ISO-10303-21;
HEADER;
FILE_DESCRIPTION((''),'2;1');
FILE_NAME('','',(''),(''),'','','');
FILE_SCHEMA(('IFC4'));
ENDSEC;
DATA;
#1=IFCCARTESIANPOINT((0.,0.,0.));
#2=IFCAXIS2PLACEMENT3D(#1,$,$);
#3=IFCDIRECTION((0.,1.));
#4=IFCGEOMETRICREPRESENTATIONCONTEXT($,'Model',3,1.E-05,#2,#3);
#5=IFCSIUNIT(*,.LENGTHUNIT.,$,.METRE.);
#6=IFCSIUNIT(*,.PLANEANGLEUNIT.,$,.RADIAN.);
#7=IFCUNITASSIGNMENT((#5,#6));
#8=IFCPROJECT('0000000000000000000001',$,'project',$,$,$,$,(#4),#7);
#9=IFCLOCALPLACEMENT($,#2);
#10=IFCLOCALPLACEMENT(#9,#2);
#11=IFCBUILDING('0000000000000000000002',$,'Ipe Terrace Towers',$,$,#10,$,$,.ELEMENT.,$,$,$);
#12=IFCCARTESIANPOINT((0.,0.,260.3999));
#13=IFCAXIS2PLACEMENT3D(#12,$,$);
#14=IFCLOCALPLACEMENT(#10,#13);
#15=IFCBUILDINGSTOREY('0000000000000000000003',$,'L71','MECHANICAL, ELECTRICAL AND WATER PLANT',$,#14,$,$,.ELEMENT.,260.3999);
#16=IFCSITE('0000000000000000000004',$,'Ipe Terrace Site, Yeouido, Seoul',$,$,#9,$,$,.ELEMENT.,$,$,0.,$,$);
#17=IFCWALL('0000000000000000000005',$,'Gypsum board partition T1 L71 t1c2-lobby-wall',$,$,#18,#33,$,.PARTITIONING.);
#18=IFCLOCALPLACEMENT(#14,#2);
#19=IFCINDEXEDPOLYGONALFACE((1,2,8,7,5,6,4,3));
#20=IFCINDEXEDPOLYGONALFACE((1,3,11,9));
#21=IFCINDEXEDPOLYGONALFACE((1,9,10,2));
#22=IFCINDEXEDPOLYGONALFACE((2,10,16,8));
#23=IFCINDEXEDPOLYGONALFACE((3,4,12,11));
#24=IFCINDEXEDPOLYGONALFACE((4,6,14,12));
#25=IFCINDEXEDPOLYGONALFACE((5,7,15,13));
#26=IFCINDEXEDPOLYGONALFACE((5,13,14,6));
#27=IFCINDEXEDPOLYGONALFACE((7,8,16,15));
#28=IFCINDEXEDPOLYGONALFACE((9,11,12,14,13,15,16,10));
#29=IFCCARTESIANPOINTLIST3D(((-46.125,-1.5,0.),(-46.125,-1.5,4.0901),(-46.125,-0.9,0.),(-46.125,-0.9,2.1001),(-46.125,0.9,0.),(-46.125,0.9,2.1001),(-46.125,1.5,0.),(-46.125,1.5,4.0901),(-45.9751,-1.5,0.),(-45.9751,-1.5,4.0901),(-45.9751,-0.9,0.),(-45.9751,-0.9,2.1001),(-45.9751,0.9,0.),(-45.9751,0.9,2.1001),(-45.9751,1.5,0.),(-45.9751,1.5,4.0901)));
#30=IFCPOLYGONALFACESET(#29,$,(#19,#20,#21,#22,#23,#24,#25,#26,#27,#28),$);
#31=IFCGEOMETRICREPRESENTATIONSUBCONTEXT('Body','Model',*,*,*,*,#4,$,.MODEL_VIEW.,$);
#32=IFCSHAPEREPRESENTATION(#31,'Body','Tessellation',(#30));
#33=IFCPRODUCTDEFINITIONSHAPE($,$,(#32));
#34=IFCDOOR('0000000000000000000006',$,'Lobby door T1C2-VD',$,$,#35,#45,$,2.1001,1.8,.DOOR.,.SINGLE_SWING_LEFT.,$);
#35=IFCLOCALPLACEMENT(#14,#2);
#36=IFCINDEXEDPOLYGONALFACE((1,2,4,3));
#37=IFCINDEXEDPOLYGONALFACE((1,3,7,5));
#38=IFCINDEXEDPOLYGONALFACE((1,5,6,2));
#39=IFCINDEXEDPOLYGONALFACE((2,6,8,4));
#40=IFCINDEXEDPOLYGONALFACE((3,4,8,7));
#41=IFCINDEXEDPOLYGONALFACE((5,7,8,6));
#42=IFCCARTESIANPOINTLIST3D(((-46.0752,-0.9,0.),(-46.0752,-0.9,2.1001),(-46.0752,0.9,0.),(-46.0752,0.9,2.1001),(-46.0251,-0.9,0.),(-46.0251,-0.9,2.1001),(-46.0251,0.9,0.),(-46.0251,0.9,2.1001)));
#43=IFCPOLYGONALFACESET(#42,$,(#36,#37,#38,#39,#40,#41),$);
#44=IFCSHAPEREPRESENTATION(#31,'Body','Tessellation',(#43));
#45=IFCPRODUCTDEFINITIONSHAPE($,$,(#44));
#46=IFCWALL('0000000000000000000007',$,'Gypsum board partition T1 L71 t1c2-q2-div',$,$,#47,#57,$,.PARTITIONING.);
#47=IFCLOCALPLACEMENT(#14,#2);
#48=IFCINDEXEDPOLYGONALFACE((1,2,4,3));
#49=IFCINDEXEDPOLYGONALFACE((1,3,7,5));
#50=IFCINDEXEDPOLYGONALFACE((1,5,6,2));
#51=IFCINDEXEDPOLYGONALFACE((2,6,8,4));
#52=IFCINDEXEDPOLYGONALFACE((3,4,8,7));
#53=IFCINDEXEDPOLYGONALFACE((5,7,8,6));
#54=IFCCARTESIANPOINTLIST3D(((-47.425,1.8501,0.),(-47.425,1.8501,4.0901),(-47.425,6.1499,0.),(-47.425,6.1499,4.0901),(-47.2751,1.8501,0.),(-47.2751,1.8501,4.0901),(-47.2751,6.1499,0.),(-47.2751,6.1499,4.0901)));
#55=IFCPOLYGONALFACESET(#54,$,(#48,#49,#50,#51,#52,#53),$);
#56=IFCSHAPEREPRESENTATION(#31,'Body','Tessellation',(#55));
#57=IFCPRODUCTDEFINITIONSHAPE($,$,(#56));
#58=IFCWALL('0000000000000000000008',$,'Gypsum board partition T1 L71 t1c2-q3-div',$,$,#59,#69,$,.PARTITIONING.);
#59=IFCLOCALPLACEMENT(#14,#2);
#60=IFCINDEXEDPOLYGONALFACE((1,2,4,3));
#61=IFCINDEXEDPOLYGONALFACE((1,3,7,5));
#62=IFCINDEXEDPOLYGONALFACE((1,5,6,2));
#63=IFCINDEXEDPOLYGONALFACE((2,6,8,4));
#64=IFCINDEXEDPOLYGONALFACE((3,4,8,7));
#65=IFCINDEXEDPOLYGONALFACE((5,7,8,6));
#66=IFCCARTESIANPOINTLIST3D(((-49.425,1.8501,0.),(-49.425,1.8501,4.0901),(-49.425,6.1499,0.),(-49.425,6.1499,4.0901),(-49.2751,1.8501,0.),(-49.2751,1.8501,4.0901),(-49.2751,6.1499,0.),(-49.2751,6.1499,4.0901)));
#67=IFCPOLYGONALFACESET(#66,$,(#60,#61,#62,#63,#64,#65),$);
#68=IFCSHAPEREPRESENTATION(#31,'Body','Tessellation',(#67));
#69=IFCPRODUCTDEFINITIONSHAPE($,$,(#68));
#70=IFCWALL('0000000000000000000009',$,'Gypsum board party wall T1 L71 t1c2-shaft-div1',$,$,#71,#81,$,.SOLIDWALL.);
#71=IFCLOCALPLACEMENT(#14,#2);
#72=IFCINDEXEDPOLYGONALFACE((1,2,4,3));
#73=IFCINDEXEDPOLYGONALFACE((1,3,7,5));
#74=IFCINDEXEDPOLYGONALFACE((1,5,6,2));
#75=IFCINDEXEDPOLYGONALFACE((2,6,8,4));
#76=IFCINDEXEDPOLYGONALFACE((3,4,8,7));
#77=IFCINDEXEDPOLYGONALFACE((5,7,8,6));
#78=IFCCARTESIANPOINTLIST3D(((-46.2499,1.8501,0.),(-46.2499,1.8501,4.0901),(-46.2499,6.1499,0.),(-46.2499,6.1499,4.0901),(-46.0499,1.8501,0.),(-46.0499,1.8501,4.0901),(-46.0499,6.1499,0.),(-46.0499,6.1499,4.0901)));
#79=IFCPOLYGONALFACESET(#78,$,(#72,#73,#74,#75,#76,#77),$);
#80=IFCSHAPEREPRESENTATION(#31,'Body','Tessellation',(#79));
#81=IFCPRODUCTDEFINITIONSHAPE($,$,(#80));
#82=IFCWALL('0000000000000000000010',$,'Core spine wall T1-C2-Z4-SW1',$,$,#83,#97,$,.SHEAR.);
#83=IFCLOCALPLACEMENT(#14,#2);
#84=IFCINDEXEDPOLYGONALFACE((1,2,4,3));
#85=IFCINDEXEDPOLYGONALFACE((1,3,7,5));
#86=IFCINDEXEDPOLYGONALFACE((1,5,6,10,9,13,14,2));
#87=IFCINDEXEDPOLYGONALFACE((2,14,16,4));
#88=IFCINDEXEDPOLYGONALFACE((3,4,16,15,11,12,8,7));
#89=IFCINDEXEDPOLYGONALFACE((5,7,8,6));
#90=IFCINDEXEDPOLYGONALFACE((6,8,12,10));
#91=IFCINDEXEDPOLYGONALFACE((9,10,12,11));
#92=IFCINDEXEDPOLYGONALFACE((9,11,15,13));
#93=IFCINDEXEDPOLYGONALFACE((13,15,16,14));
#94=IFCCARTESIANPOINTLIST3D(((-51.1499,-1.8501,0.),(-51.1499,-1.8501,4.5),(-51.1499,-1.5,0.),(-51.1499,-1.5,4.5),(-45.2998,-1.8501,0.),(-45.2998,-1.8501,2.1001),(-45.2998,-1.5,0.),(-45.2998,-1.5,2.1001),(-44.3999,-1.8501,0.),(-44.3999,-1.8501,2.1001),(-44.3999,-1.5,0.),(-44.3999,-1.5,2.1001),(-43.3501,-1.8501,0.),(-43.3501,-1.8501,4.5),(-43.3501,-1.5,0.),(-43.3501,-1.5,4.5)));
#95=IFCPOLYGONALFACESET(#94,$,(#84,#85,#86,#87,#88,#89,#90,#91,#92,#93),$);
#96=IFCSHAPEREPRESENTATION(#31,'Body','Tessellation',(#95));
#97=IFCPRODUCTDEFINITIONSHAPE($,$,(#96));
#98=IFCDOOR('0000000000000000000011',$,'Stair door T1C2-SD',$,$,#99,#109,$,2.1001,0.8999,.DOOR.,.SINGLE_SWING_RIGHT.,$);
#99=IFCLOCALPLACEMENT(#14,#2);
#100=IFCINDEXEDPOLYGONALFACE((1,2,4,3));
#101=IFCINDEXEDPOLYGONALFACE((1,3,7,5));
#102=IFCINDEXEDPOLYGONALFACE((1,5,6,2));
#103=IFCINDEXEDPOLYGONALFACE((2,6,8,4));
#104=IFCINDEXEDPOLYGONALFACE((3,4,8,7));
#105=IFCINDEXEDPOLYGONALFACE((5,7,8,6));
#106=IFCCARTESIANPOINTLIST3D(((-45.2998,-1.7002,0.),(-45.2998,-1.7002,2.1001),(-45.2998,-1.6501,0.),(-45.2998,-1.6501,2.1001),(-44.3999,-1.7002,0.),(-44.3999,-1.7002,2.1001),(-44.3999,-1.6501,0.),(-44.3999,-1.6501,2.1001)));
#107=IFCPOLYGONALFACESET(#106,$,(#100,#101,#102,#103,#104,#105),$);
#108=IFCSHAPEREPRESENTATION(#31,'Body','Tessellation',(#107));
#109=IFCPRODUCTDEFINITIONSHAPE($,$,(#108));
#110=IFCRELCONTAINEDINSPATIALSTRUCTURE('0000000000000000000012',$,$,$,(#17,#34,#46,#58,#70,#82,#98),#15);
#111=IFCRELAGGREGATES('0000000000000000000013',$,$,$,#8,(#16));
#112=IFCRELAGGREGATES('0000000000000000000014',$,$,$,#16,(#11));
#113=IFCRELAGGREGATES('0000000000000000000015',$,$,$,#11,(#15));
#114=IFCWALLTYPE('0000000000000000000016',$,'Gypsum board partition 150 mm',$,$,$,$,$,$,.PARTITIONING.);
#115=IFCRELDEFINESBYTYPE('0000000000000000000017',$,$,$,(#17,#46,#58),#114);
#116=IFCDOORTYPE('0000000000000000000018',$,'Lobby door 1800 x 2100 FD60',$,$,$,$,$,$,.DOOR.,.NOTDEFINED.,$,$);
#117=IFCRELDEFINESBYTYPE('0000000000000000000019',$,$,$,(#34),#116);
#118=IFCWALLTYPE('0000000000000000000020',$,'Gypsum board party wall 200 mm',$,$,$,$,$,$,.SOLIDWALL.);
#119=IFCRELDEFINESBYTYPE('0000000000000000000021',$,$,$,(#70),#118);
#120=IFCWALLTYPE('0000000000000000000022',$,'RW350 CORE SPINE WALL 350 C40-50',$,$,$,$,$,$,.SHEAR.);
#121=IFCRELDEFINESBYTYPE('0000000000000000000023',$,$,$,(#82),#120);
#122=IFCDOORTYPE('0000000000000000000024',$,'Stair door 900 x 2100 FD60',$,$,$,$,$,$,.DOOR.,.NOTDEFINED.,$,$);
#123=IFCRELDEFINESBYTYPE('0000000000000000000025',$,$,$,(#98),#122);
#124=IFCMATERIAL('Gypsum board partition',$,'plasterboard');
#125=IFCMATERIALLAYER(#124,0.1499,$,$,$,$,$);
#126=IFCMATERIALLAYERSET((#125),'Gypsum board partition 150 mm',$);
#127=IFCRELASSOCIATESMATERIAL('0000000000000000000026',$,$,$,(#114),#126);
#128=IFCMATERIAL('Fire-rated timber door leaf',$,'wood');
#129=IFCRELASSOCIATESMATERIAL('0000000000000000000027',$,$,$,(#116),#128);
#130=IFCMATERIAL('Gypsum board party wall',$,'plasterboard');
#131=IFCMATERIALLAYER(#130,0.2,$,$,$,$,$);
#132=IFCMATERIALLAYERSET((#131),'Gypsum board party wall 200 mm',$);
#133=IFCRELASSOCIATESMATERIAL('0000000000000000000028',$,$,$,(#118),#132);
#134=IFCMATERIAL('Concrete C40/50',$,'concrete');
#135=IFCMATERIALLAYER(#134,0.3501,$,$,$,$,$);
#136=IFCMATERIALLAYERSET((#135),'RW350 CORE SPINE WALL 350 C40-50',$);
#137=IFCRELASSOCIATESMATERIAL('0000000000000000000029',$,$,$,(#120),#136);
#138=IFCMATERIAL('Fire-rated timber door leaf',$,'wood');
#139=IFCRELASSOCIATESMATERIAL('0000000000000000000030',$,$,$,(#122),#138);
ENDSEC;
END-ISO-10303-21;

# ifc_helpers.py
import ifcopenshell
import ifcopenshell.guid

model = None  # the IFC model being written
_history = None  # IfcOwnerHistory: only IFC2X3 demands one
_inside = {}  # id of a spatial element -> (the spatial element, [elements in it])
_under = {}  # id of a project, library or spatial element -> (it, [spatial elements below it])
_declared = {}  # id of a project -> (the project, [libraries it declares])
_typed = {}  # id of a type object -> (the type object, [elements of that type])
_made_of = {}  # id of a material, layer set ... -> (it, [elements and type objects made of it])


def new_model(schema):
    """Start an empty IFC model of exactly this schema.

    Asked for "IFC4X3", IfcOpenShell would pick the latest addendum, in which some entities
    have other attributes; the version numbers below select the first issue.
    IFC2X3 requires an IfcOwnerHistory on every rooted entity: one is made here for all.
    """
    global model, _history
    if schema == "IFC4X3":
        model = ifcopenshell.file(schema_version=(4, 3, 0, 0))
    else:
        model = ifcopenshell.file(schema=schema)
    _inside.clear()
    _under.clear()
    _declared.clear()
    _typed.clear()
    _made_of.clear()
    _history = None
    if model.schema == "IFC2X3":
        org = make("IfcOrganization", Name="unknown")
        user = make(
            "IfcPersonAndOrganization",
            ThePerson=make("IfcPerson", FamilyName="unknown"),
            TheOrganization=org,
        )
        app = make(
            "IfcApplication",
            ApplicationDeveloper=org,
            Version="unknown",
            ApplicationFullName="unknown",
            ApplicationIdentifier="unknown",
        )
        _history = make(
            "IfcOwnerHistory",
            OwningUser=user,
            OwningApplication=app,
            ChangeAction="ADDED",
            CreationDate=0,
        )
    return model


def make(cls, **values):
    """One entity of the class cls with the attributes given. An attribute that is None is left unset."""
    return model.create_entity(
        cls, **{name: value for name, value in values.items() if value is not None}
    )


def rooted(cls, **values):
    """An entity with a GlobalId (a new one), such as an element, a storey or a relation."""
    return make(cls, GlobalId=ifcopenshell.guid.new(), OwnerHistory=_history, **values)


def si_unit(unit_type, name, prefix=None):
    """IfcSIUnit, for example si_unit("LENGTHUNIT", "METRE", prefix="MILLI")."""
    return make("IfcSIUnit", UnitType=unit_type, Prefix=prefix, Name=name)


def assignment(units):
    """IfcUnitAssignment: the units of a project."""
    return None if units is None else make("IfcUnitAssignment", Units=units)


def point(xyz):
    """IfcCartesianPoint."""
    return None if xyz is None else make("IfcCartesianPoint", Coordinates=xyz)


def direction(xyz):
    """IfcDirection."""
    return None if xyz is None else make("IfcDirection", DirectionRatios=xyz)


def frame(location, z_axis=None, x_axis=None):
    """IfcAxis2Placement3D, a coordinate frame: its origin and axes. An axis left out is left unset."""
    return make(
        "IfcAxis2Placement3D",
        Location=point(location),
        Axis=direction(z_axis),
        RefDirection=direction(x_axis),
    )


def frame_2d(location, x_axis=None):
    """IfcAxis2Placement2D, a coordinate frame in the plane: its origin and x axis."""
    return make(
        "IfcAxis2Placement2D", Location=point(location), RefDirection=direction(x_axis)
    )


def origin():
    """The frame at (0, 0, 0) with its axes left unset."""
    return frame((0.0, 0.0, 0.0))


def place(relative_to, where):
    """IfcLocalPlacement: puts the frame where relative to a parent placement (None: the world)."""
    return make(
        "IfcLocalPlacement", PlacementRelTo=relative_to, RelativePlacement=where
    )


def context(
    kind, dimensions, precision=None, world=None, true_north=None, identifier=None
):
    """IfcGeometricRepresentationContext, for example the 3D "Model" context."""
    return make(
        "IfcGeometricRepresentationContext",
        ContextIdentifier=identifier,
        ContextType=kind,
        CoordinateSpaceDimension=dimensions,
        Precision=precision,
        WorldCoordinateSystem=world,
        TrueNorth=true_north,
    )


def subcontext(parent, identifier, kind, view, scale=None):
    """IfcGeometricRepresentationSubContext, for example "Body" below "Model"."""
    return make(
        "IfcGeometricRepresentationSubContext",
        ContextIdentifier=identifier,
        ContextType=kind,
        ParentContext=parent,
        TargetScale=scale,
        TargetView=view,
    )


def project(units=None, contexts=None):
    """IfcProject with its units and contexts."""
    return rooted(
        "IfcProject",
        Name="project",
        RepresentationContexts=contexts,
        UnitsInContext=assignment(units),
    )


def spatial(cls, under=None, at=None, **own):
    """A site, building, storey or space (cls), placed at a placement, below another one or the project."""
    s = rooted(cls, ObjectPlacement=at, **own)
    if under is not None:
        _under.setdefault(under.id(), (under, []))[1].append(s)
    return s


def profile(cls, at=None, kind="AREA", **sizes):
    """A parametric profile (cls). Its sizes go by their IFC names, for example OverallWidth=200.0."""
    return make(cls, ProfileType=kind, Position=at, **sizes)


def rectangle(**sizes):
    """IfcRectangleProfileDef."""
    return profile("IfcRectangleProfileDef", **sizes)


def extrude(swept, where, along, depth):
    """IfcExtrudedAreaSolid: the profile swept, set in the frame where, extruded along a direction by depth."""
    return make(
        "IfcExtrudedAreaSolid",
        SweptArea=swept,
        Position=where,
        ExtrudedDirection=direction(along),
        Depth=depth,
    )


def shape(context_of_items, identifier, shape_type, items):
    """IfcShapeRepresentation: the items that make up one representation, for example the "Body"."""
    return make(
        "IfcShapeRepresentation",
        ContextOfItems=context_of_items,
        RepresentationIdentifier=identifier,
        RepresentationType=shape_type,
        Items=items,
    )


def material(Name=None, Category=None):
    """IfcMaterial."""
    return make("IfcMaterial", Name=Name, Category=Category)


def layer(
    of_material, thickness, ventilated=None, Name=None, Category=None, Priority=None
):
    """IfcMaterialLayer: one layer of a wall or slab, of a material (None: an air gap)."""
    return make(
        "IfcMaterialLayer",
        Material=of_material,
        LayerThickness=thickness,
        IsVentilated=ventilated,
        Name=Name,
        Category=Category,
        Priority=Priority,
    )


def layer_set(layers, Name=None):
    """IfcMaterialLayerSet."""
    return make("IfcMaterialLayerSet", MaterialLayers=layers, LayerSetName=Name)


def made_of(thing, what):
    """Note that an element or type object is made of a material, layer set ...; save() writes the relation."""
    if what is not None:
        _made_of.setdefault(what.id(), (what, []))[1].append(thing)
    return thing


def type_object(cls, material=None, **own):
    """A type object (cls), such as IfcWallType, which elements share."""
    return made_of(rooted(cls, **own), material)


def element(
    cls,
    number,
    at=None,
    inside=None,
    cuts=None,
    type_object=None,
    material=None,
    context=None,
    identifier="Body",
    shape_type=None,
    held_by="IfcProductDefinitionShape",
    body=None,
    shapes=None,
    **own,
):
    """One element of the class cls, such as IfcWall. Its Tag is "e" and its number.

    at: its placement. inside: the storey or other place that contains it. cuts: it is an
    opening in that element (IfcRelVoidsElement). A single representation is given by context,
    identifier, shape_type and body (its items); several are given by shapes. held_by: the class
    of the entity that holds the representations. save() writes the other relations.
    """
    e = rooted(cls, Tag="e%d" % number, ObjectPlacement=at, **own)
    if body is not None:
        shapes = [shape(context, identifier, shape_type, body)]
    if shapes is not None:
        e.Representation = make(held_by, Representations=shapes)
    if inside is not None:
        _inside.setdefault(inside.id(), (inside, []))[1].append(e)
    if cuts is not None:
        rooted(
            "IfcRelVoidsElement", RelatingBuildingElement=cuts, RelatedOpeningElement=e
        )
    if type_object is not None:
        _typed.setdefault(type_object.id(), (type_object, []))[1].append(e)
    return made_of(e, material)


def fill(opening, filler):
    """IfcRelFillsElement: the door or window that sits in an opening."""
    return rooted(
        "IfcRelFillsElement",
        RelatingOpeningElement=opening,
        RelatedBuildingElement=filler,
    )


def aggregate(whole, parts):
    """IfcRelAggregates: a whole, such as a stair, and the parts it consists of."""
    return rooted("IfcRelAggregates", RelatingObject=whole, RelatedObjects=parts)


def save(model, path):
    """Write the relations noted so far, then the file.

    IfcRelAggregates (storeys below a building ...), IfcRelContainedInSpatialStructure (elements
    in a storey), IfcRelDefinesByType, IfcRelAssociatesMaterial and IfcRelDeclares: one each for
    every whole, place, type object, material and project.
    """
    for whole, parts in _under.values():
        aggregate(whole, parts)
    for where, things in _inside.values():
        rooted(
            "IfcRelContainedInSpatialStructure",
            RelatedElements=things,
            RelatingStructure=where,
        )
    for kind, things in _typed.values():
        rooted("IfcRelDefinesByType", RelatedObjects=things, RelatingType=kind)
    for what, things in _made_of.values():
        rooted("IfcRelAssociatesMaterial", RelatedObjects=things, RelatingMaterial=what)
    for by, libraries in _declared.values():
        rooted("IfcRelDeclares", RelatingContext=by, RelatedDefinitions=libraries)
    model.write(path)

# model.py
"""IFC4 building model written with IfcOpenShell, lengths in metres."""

from ifc_helpers import new_model, si_unit, direction, frame, frame_2d, origin, place, context, subcontext, project, spatial, rectangle, extrude, material, layer, layer_set, type_object, element, fill, save


model = new_model("IFC4")

# Units and contexts
model_context = context("Model", 3, precision=1e-05, world=origin(), true_north=direction((0.0, 1.0)))
body_context = subcontext(model_context, "Body", "Model", "MODEL_VIEW")
ifc_project = project(units=[si_unit("LENGTHUNIT", "METRE"), si_unit("PLANEANGLEUNIT", "RADIAN")], contexts=[model_context])

# Site, building, storey
site_placement = place(None, origin())
site = spatial("IfcSite", under=ifc_project, at=site_placement, Name="Ipe Terrace Site, Yeouido, Seoul", CompositionType="ELEMENT", RefElevation=0.0)
building_placement = place(site_placement, origin())
building = spatial("IfcBuilding", under=site, at=building_placement, Name="Ipe Terrace Towers", CompositionType="ELEMENT")
storey_placement = place(building_placement, frame((0.0, 0.0, 260.3999)))
storey = spatial("IfcBuildingStorey", under=building, at=storey_placement, Name="L71", Description="MECHANICAL, ELECTRICAL AND WATER PLANT", CompositionType="ELEMENT", Elevation=260.3999)

# Wall, opening, door
ifc_material_1 = material(Name="Gypsum board partition", Category="plasterboard")
ifc_layer_1 = layer(ifc_material_1, 0.1499)
ifc_layer_set_1 = layer_set([ifc_layer_1], Name="Gypsum board partition 150 mm")
wall_type_1 = type_object("IfcWallType", Name="Gypsum board partition 150 mm", PredefinedType="PARTITIONING", material=ifc_layer_set_1)
wall_1_placement = place(storey_placement, frame((-46.05, 1.5, 0.0), z_axis=(0.0, 0.0, 1.0), x_axis=(0.0, -1.0, 0.0)))
wall_1 = element("IfcWall", 1, at=wall_1_placement, inside=storey, type_object=wall_type_1, Name="Gypsum board partition T1 L71 t1c2-lobby-wall", PredefinedType="PARTITIONING", context=body_context, shape_type="SweptSolid", body=[
    extrude(rectangle(XDim=3.0, YDim=0.1499, at=frame_2d((1.5, 0.0))), origin(), (0.0, 0.0, 1.0), 4.0901),
])
opening_1_placement = place(wall_1_placement, frame((0.6001, 0.0, 0.0)))
opening_1 = element("IfcOpeningElement", 2, at=opening_1_placement, cuts=wall_1, PredefinedType="OPENING", context=body_context, shape_type="SweptSolid", body=[
    extrude(rectangle(XDim=1.8, YDim=2.1001, at=frame_2d((0.8999, 1.05))), frame((0.0, 0.085, 0.0), z_axis=(0.0, -1.0, 0.0), x_axis=(1.0, 0.0, 0.0)), (0.0, 0.0, 1.0), 0.1699),
])
ifc_material_2 = material(Name="Fire-rated timber door leaf", Category="wood")
door_type_1 = type_object("IfcDoorType", Name="Lobby door 1800 x 2100 FD60", OperationType="NOTDEFINED", PredefinedType="DOOR", material=ifc_material_2)
door_1_placement = place(opening_1_placement, origin())
door_1 = element("IfcDoor", 3, at=door_1_placement, inside=storey, type_object=door_type_1, Name="Lobby door T1C2-VD", OperationType="SINGLE_SWING_LEFT", OverallHeight=2.1001, OverallWidth=1.8, PredefinedType="DOOR", context=body_context, shape_type="SweptSolid", body=[
    extrude(rectangle(XDim=1.8, YDim=2.1001, at=frame_2d((0.8999, 1.05))), frame((0.0, 0.0249, 0.0), z_axis=(0.0, -1.0, 0.0), x_axis=(1.0, 0.0, 0.0)), (0.0, 0.0, 1.0), 0.05),
])
fill(opening_1, door_1)

# Walls
for number, where, z_axis, x_axis, name in (
    (4, (-47.3501, 6.1499, 0.0), (0.0, 0.0, 1.0), (0.0, -1.0, 0.0), "Gypsum board partition T1 L71 t1c2-q2-div"),
    (5, (-49.3501, 6.1499, 0.0), (0.0, 0.0, 1.0), (0.0, -1.0, 0.0), "Gypsum board partition T1 L71 t1c2-q3-div"),
):
    element("IfcWall", number, at=place(storey_placement, frame(where, z_axis=z_axis, x_axis=x_axis)), inside=storey, type_object=wall_type_1, Name=name, PredefinedType="PARTITIONING", context=body_context, shape_type="SweptSolid", body=[
        extrude(rectangle(XDim=4.2998, YDim=0.1499, at=frame_2d((2.1499, 0.0))), origin(), (0.0, 0.0, 1.0), 4.0901),
    ])
ifc_material_3 = material(Name="Gypsum board party wall", Category="plasterboard")
ifc_layer_2 = layer(ifc_material_3, 0.2)
ifc_layer_set_2 = layer_set([ifc_layer_2], Name="Gypsum board party wall 200 mm")
wall_type_2 = type_object("IfcWallType", Name="Gypsum board party wall 200 mm", PredefinedType="SOLIDWALL", material=ifc_layer_set_2)
wall_2_placement = place(storey_placement, frame((-46.1499, 6.1499, 0.0), z_axis=(0.0, 0.0, 1.0), x_axis=(0.0, -1.0, 0.0)))
element("IfcWall", 6, at=wall_2_placement, inside=storey, type_object=wall_type_2, Name="Gypsum board party wall T1 L71 t1c2-shaft-div1", PredefinedType="SOLIDWALL", context=body_context, shape_type="SweptSolid", body=[
    extrude(rectangle(XDim=4.2998, YDim=0.2, at=frame_2d((2.1499, 0.0))), origin(), (0.0, 0.0, 1.0), 4.0901),
])

# Wall, opening, door
ifc_material_4 = material(Name="Concrete C40/50", Category="concrete")
ifc_layer_3 = layer(ifc_material_4, 0.3501)
ifc_layer_set_3 = layer_set([ifc_layer_3], Name="RW350 CORE SPINE WALL 350 C40-50")
wall_type_3 = type_object("IfcWallType", Name="RW350 CORE SPINE WALL 350 C40-50", PredefinedType="SHEAR", material=ifc_layer_set_3)
wall_3_placement = place(storey_placement, frame((-51.1499, -1.675, 0.0), z_axis=(0.0, 0.0, 1.0), x_axis=(1.0, 0.0, 0.0)))
wall_3 = element("IfcWall", 7, at=wall_3_placement, inside=storey, type_object=wall_type_3, Name="Core spine wall T1-C2-Z4-SW1", PredefinedType="SHEAR", context=body_context, shape_type="SweptSolid", body=[
    extrude(rectangle(XDim=7.7998, YDim=0.3501, at=frame_2d((3.8999, 0.0))), origin(), (0.0, 0.0, 1.0), 4.5),
])
opening_2_placement = place(wall_3_placement, frame((5.8501, 0.0, 0.0)))
opening_2 = element("IfcOpeningElement", 8, at=opening_2_placement, cuts=wall_3, PredefinedType="OPENING", context=body_context, shape_type="SweptSolid", body=[
    extrude(rectangle(XDim=0.8999, YDim=2.1001, at=frame_2d((0.45, 1.05))), frame((0.0, 0.1851, 0.0), z_axis=(0.0, -1.0, 0.0), x_axis=(1.0, 0.0, 0.0)), (0.0, 0.0, 1.0), 0.3701),
])
ifc_material_5 = material(Name="Fire-rated timber door leaf", Category="wood")
door_type_2 = type_object("IfcDoorType", Name="Stair door 900 x 2100 FD60", OperationType="NOTDEFINED", PredefinedType="DOOR", material=ifc_material_5)
door_2_placement = place(opening_2_placement, origin())
door_2 = element("IfcDoor", 9, at=door_2_placement, inside=storey, type_object=door_type_2, Name="Stair door T1C2-SD", OperationType="SINGLE_SWING_RIGHT", OverallHeight=2.1001, OverallWidth=0.8999, PredefinedType="DOOR", context=body_context, shape_type="SweptSolid", body=[
    extrude(rectangle(XDim=0.8999, YDim=2.1001, at=frame_2d((0.45, 1.05))), frame((0.0, 0.0249, 0.0), z_axis=(0.0, -1.0, 0.0), x_axis=(1.0, 0.0, 0.0)), (0.0, 0.0, 1.0), 0.05),
])
fill(opening_2, door_2)

save(model, "model.ifc")
